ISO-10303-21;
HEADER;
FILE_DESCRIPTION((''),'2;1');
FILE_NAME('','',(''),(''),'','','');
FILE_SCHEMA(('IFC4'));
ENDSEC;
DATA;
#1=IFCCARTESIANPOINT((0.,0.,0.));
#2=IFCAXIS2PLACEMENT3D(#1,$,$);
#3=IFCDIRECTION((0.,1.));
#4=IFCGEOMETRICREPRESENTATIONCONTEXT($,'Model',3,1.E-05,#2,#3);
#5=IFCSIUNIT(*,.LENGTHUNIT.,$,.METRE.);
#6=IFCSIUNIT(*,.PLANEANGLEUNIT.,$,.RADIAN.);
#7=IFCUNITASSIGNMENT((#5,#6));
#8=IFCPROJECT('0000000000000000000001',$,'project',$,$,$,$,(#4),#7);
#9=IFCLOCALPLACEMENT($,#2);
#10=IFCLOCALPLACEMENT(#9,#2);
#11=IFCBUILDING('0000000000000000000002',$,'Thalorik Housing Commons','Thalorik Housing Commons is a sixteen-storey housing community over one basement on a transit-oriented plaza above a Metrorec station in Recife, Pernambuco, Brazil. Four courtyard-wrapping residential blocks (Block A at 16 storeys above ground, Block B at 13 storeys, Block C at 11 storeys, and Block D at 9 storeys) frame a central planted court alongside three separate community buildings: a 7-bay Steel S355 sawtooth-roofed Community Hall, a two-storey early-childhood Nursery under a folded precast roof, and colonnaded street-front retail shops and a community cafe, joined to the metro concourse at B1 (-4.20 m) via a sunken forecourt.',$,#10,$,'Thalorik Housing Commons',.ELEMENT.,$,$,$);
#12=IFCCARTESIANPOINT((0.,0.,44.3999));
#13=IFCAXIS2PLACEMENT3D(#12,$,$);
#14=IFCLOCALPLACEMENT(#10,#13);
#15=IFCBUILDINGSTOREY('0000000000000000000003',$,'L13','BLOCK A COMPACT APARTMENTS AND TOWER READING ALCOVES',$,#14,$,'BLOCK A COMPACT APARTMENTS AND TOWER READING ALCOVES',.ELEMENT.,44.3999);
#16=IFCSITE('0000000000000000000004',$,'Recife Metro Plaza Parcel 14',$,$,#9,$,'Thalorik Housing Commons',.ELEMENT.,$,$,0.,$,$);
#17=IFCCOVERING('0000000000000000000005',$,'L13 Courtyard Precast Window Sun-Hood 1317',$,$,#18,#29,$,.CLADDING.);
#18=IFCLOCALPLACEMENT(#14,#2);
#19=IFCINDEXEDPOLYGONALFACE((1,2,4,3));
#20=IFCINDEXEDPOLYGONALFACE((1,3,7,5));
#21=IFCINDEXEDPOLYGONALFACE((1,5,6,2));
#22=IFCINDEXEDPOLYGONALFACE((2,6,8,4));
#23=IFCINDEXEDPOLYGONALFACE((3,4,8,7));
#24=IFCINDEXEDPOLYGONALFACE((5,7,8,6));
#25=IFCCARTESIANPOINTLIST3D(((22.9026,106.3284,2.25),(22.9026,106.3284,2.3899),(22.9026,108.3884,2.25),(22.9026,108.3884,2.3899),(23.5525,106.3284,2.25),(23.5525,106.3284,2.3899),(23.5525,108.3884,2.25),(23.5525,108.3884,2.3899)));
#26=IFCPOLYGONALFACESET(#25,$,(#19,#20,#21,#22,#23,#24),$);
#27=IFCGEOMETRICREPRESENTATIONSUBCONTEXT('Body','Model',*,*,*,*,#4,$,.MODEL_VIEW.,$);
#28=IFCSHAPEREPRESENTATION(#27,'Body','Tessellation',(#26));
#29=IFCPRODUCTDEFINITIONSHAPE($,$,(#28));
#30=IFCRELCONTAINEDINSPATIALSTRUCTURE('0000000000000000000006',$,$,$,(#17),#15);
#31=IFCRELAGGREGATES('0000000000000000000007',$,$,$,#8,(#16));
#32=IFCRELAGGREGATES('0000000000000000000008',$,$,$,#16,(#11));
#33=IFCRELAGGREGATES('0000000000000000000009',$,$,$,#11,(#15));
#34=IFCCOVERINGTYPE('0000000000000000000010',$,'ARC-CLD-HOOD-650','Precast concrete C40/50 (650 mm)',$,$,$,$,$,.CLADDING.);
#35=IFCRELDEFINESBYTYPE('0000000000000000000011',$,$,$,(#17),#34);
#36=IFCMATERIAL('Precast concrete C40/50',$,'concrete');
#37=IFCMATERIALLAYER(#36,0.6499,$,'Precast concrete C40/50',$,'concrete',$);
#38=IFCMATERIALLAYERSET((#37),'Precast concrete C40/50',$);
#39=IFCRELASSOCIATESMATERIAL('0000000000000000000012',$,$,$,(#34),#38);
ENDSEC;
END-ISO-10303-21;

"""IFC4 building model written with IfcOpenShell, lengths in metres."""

from ifc_helpers import new_model, si_unit, direction, frame, origin, origin_2d, place, context, subcontext, project, spatial, rectangle, extrude, material, layer, layer_set, type_object, element, save


model = new_model("IFC4")

# Units and contexts
model_context = context("Model", 3, precision=1e-05, world=origin(), true_north=direction((0.0, 1.0)))
body_context = subcontext(model_context, "Body", "Model", "MODEL_VIEW")
ifc_project = project(units=[si_unit("LENGTHUNIT", "METRE"), si_unit("PLANEANGLEUNIT", "RADIAN")], contexts=[model_context])

# Site, building, storey
site_placement = place(None, origin())
site = spatial("IfcSite", under=ifc_project, at=site_placement, Name="Recife Metro Plaza Parcel 14", LongName="Thalorik Housing Commons", CompositionType="ELEMENT", RefElevation=0.0)
building_placement = place(site_placement, origin())
building = spatial("IfcBuilding", under=site, at=building_placement, Name="Thalorik Housing Commons", Description="Thalorik Housing Commons is a sixteen-storey housing community over one basement on a transit-oriented plaza above a Metrorec station in Recife, Pernambuco, Brazil. Four courtyard-wrapping residential blocks (Block A at 16 storeys above ground, Block B at 13 storeys, Block C at 11 storeys, and Block D at 9 storeys) frame a central planted court alongside three separate community buildings: a 7-bay Steel S355 sawtooth-roofed Community Hall, a two-storey early-childhood Nursery under a folded precast roof, and colonnaded street-front retail shops and a community cafe, joined to the metro concourse at B1 (-4.20 m) via a sunken forecourt.", LongName="Thalorik Housing Commons", CompositionType="ELEMENT")
storey_placement = place(building_placement, frame((0.0, 0.0, 44.3999)))
storey = spatial("IfcBuildingStorey", under=building, at=storey_placement, Name="L13", Description="BLOCK A COMPACT APARTMENTS AND TOWER READING ALCOVES", LongName="BLOCK A COMPACT APARTMENTS AND TOWER READING ALCOVES", CompositionType="ELEMENT", Elevation=44.3999)

# Shared definitions
ifc_material = material(Name="Precast concrete C40/50", Category="concrete")

# Covering
ifc_layer_1 = layer(ifc_material, 0.6499, Name="Precast concrete C40/50", Category="concrete")
ifc_layer_set_1 = layer_set([ifc_layer_1], Name="Precast concrete C40/50")
covering_type_1 = type_object("IfcCoveringType", Name="ARC-CLD-HOOD-650", Description="Precast concrete C40/50 (650 mm)", PredefinedType="CLADDING", material=ifc_layer_set_1)
for number, where, z_axis, x_axis, name in (
    (1, (23.2275, 107.3584, 2.25), (0.0, 0.0, 1.0), (0.0, 1.0, 0.0), "L13 Courtyard Precast Window Sun-Hood 1317"),
):
    element("IfcCovering", number, at=place(storey_placement, frame(where, z_axis=z_axis, x_axis=x_axis)), inside=storey, type_object=covering_type_1, Name=name, PredefinedType="CLADDING", context=body_context, shape_type="SweptSolid", body=[
        extrude(rectangle(XDim=2.0601, YDim=0.6499, at=origin_2d()), origin(), (0.0, 0.0, 1.0), 0.1399),
    ])

save(model, "model.ifc")
